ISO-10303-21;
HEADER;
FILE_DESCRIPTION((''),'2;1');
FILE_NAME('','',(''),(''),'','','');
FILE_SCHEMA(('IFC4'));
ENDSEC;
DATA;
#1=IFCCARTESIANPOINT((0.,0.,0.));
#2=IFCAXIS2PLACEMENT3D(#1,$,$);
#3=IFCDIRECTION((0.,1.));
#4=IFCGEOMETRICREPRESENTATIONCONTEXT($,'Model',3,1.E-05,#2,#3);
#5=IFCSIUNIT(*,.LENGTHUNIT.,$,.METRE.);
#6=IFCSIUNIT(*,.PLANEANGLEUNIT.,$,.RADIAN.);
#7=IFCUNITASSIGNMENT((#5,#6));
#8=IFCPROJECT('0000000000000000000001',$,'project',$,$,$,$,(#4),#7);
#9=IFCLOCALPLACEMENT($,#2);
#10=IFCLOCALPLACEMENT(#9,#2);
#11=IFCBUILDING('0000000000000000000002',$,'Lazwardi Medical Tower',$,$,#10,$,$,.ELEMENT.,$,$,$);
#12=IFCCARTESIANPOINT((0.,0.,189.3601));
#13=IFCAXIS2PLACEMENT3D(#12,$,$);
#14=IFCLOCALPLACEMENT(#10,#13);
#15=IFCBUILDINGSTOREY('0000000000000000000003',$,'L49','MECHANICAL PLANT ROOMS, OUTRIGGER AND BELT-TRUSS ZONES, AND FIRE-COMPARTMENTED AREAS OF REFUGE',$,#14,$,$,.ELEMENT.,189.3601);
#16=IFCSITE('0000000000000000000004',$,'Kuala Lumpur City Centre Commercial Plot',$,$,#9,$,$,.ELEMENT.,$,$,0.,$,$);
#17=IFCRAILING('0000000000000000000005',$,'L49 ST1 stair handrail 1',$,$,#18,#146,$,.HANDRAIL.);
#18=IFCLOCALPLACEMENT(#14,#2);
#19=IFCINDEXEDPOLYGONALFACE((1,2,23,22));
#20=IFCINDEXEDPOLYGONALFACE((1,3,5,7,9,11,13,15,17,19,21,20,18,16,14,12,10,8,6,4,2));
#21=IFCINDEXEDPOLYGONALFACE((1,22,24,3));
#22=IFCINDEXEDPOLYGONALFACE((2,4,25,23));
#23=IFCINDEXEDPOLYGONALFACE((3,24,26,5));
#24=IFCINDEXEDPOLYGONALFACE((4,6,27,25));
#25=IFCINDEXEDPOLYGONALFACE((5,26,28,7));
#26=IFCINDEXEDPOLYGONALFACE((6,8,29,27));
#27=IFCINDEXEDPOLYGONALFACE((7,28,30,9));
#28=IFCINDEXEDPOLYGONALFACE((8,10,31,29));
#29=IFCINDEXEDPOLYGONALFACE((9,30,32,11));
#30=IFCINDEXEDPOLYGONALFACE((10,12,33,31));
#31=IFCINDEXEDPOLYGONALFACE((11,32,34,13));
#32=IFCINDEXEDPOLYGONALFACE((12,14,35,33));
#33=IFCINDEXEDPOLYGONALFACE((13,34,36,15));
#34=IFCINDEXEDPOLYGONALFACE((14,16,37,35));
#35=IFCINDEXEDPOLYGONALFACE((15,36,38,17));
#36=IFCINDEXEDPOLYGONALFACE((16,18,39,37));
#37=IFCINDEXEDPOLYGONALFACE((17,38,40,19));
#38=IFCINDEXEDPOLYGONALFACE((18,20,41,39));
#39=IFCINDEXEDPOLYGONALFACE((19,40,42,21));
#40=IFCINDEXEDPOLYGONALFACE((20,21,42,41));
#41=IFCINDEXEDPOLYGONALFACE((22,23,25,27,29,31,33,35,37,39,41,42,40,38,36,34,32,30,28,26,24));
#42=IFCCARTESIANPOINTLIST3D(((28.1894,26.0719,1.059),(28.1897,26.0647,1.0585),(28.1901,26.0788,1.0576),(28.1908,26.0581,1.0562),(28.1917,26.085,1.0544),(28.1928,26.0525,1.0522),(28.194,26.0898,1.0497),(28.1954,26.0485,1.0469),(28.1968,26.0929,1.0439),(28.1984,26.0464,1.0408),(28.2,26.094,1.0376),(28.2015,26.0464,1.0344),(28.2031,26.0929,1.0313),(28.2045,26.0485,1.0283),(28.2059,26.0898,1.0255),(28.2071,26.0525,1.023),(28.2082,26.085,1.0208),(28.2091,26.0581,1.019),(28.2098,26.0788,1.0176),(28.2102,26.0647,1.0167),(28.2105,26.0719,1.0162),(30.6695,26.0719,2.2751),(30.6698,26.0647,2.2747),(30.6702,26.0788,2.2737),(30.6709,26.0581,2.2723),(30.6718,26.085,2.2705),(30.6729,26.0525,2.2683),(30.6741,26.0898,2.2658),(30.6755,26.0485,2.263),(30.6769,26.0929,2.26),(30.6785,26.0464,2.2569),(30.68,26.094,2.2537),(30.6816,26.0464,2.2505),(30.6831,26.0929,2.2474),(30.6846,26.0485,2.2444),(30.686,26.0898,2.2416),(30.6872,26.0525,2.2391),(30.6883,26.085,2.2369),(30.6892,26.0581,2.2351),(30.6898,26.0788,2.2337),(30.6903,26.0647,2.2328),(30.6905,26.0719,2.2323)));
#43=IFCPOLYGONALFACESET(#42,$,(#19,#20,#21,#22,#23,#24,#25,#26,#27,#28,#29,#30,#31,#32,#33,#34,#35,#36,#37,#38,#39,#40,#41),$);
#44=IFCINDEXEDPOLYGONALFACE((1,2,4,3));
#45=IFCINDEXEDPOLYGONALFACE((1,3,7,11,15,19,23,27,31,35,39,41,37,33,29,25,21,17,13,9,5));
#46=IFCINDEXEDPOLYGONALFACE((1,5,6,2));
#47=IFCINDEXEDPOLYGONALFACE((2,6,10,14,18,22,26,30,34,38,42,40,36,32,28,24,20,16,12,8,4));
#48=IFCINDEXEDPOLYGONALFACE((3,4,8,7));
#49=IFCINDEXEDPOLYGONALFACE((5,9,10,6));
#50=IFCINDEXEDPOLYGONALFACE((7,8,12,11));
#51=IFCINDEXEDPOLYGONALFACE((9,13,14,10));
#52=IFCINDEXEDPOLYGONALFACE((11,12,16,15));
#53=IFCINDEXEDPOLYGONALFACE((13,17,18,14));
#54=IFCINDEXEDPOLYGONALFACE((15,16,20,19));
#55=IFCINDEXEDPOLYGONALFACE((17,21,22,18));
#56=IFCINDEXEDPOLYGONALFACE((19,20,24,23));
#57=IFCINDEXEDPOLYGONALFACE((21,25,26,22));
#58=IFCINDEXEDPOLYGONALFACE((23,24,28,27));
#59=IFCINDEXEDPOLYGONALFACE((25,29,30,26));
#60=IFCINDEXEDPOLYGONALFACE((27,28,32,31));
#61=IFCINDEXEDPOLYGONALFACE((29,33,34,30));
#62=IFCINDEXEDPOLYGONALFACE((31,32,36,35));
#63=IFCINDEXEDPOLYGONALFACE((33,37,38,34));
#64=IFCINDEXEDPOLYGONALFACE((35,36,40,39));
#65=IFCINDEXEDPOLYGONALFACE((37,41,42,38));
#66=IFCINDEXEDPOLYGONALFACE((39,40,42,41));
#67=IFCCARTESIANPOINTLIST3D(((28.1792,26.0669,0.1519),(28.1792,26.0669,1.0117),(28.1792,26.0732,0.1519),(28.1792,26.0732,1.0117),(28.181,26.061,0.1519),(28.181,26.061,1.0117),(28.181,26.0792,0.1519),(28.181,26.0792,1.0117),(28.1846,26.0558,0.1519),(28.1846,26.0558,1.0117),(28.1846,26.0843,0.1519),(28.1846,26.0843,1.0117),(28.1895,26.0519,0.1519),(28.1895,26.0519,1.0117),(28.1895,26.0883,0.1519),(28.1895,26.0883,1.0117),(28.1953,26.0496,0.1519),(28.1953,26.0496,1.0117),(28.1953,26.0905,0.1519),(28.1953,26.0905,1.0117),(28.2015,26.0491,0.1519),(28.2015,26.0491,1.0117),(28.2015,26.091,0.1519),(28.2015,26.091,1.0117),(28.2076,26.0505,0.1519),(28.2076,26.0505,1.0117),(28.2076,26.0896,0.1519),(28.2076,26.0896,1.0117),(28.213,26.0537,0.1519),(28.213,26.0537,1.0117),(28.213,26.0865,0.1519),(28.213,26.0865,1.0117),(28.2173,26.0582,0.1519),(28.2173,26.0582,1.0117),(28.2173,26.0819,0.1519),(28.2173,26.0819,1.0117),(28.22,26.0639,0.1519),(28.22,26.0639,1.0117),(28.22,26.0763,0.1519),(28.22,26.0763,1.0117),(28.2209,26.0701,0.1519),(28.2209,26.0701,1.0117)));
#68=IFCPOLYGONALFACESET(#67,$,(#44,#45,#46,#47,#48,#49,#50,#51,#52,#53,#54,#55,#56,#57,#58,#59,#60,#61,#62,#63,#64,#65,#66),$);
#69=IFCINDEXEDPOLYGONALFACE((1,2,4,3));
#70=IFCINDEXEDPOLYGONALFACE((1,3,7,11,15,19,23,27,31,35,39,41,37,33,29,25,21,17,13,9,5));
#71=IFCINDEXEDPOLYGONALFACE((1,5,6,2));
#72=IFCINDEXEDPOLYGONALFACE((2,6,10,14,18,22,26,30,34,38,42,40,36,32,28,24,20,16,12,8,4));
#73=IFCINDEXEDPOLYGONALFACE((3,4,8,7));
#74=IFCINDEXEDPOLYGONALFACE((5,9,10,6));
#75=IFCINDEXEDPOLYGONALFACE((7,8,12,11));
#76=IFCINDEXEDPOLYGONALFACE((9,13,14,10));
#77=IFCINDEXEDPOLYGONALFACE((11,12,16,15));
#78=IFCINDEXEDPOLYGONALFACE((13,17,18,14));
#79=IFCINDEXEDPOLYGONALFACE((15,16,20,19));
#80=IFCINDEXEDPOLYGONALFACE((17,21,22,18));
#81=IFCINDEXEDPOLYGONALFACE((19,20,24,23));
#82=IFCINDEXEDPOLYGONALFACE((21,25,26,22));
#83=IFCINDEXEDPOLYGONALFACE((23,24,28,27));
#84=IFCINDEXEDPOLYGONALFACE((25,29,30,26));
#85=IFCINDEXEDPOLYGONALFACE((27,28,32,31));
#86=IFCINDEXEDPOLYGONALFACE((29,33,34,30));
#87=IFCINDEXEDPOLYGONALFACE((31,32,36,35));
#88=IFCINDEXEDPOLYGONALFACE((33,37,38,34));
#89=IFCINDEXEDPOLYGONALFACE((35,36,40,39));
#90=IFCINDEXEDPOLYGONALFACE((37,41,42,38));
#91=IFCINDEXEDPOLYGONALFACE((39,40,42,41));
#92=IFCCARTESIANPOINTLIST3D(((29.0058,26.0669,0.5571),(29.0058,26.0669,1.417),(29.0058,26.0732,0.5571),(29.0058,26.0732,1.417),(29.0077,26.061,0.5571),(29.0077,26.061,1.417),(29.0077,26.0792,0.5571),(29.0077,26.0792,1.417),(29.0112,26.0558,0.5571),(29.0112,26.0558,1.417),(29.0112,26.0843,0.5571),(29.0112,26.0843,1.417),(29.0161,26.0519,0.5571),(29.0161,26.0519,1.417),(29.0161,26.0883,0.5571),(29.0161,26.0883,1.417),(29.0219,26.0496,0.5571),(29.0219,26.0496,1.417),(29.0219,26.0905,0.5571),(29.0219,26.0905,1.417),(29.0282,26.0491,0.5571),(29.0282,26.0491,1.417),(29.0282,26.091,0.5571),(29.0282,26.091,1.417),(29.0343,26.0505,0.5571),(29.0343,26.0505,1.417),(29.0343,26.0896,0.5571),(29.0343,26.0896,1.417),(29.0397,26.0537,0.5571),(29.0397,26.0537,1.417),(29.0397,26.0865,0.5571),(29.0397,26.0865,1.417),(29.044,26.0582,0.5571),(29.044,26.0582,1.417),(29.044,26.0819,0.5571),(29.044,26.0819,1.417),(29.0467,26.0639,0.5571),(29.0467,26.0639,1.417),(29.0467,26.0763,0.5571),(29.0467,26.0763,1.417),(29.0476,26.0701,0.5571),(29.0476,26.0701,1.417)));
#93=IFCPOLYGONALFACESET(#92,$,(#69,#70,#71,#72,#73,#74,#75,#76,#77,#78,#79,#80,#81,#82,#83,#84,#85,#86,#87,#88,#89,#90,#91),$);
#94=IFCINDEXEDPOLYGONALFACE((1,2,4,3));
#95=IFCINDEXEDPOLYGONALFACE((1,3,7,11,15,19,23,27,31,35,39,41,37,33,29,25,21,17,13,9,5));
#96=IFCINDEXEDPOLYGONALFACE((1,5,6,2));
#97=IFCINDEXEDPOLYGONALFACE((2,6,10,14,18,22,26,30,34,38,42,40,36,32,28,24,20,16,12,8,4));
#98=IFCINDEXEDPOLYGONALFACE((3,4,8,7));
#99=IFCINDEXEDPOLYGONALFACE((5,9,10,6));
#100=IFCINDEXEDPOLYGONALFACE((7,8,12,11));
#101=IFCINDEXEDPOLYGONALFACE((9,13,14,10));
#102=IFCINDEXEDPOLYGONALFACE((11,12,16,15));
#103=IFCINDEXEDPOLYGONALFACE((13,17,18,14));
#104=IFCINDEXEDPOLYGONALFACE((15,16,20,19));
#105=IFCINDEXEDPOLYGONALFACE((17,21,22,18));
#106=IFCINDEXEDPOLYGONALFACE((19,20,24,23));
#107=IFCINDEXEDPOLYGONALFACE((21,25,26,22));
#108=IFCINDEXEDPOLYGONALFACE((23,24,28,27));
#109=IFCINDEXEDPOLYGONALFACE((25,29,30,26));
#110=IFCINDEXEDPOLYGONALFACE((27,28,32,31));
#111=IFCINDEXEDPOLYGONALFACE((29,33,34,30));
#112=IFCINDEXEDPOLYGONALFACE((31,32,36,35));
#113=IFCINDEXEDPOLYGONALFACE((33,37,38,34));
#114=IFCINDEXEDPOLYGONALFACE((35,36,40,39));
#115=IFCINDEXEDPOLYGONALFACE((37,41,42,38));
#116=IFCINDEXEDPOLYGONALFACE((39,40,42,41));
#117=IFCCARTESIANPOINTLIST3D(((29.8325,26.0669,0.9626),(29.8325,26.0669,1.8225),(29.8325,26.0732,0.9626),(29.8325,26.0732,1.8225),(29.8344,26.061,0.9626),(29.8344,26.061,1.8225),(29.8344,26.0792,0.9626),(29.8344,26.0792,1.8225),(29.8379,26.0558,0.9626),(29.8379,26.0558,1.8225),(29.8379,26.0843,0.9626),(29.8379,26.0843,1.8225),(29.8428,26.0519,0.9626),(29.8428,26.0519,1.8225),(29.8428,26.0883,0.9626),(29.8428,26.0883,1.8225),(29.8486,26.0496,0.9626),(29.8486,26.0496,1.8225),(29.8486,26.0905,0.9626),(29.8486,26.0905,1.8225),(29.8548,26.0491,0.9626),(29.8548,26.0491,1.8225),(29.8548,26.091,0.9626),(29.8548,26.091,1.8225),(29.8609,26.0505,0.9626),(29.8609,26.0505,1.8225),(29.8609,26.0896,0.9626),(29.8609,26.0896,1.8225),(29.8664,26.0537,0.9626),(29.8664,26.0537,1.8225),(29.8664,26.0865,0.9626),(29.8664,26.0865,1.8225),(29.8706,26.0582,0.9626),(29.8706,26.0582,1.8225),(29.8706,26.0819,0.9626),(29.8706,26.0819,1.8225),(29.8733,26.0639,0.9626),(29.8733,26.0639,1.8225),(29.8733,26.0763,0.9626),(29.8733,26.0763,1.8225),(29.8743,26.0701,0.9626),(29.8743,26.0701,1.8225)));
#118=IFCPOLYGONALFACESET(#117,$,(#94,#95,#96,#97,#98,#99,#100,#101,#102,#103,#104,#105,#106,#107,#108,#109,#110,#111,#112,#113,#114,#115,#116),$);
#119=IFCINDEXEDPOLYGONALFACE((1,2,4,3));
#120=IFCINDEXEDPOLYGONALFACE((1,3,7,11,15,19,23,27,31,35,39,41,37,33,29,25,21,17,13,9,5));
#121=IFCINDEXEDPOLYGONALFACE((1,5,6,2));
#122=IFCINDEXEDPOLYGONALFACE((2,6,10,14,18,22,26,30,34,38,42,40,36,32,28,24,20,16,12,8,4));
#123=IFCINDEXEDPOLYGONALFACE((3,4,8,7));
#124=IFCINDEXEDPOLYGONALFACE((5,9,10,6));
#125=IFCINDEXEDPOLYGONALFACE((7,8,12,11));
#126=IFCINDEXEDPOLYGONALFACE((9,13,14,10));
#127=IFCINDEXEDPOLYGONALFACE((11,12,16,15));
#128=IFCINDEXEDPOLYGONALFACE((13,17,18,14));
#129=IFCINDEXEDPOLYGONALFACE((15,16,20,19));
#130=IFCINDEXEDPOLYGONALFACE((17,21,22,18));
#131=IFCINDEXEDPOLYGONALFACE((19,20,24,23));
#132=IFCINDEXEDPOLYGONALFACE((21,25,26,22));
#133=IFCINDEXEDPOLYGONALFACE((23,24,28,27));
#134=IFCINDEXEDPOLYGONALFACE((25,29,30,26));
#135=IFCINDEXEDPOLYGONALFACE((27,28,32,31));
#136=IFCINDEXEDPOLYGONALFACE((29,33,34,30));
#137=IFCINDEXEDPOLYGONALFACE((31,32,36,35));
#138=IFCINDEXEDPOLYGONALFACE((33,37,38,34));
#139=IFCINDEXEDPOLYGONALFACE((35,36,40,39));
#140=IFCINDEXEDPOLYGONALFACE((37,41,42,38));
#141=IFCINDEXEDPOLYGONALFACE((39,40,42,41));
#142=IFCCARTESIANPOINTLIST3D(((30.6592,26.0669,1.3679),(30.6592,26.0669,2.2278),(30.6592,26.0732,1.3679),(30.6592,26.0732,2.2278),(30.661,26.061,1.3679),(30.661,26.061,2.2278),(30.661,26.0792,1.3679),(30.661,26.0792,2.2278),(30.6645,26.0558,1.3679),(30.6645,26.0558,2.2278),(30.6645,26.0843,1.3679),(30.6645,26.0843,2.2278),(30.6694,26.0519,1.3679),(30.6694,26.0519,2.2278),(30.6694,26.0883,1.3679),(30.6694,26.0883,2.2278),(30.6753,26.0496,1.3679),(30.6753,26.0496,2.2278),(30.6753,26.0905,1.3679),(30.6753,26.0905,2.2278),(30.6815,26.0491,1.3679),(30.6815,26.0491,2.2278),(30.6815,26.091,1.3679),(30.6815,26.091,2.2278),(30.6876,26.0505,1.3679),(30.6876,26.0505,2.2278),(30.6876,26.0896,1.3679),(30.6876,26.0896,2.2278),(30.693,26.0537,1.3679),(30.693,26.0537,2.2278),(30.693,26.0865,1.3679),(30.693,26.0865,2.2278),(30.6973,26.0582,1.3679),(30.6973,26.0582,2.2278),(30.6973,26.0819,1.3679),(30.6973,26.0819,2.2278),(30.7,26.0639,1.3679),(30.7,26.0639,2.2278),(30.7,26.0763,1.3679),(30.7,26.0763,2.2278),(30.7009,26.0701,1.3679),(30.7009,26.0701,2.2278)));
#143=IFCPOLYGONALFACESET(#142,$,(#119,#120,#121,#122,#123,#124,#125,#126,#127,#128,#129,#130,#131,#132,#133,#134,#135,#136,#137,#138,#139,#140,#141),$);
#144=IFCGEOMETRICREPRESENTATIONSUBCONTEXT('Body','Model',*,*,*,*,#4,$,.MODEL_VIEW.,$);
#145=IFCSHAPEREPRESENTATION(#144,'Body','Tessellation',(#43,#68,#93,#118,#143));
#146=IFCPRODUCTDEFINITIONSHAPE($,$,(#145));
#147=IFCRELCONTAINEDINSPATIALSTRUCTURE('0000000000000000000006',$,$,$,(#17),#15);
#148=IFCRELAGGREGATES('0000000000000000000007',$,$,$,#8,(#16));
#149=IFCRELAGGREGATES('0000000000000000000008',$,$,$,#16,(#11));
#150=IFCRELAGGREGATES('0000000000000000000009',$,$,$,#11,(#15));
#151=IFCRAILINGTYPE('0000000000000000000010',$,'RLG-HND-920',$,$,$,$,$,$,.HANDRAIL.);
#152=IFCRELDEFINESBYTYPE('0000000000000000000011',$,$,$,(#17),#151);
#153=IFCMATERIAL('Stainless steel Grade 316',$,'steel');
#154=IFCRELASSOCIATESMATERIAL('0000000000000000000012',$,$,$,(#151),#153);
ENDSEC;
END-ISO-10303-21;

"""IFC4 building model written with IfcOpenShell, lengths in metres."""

from ifc_helpers import new_model, si_unit, direction, frame, origin, origin_2d, place, context, subcontext, project, spatial, circle, extrude, material, type_object, element, save


model = new_model("IFC4")

# Units and contexts
model_context = context("Model", 3, precision=1e-05, world=origin(), true_north=direction((0.0, 1.0)))
body_context = subcontext(model_context, "Body", "Model", "MODEL_VIEW")
ifc_project = project(units=[si_unit("LENGTHUNIT", "METRE"), si_unit("PLANEANGLEUNIT", "RADIAN")], contexts=[model_context])

# Site, building, storey
site_placement = place(None, origin())
site = spatial("IfcSite", under=ifc_project, at=site_placement, Name="Kuala Lumpur City Centre Commercial Plot", CompositionType="ELEMENT", RefElevation=0.0)
building_placement = place(site_placement, origin())
building = spatial("IfcBuilding", under=site, at=building_placement, Name="Lazwardi Medical Tower", CompositionType="ELEMENT")
storey_placement = place(building_placement, frame((0.0, 0.0, 189.3601)))
storey = spatial("IfcBuildingStorey", under=building, at=storey_placement, Name="L49", Description="MECHANICAL PLANT ROOMS, OUTRIGGER AND BELT-TRUSS ZONES, AND FIRE-COMPARTMENTED AREAS OF REFUGE", CompositionType="ELEMENT", Elevation=189.3601)

# Railing
ifc_material_1 = material(Name="Stainless steel Grade 316", Category="steel")
railing_type = type_object("IfcRailingType", Name="RLG-HND-920", PredefinedType="HANDRAIL", material=ifc_material_1)
for number, where, name in (
    (1, (28.2, 26.0701, 0.1519), "L49 ST1 stair handrail 1"),
):
    element("IfcRailing", number, at=place(storey_placement, frame(where)), inside=storey, type_object=railing_type, Name=name, PredefinedType="HANDRAIL", context=body_context, shape_type="SweptSolid", body=[
        extrude(circle(Radius=0.0239, at=origin_2d()), frame((0.0, 0.0, 0.8857), z_axis=(0.897865, 0.0, 0.44027), x_axis=(0.0, 1.0, 0.0)), (0.0, 0.0, 1.0), 2.7622),
        extrude(circle(Radius=0.021, at=origin_2d()), origin(), (0.0, 0.0, 1.0), 0.8599),
        extrude(circle(Radius=0.021, at=origin_2d()), frame((0.8267, 0.0, 0.4053)), (0.0, 0.0, 1.0), 0.8599),
        extrude(circle(Radius=0.021, at=origin_2d()), frame((1.6533, 0.0, 0.8108)), (0.0, 0.0, 1.0), 0.8599),
        extrude(circle(Radius=0.021, at=origin_2d()), frame((2.48, 0.0, 1.2161)), (0.0, 0.0, 1.0), 0.8599),
    ])

save(model, "model.ifc")
